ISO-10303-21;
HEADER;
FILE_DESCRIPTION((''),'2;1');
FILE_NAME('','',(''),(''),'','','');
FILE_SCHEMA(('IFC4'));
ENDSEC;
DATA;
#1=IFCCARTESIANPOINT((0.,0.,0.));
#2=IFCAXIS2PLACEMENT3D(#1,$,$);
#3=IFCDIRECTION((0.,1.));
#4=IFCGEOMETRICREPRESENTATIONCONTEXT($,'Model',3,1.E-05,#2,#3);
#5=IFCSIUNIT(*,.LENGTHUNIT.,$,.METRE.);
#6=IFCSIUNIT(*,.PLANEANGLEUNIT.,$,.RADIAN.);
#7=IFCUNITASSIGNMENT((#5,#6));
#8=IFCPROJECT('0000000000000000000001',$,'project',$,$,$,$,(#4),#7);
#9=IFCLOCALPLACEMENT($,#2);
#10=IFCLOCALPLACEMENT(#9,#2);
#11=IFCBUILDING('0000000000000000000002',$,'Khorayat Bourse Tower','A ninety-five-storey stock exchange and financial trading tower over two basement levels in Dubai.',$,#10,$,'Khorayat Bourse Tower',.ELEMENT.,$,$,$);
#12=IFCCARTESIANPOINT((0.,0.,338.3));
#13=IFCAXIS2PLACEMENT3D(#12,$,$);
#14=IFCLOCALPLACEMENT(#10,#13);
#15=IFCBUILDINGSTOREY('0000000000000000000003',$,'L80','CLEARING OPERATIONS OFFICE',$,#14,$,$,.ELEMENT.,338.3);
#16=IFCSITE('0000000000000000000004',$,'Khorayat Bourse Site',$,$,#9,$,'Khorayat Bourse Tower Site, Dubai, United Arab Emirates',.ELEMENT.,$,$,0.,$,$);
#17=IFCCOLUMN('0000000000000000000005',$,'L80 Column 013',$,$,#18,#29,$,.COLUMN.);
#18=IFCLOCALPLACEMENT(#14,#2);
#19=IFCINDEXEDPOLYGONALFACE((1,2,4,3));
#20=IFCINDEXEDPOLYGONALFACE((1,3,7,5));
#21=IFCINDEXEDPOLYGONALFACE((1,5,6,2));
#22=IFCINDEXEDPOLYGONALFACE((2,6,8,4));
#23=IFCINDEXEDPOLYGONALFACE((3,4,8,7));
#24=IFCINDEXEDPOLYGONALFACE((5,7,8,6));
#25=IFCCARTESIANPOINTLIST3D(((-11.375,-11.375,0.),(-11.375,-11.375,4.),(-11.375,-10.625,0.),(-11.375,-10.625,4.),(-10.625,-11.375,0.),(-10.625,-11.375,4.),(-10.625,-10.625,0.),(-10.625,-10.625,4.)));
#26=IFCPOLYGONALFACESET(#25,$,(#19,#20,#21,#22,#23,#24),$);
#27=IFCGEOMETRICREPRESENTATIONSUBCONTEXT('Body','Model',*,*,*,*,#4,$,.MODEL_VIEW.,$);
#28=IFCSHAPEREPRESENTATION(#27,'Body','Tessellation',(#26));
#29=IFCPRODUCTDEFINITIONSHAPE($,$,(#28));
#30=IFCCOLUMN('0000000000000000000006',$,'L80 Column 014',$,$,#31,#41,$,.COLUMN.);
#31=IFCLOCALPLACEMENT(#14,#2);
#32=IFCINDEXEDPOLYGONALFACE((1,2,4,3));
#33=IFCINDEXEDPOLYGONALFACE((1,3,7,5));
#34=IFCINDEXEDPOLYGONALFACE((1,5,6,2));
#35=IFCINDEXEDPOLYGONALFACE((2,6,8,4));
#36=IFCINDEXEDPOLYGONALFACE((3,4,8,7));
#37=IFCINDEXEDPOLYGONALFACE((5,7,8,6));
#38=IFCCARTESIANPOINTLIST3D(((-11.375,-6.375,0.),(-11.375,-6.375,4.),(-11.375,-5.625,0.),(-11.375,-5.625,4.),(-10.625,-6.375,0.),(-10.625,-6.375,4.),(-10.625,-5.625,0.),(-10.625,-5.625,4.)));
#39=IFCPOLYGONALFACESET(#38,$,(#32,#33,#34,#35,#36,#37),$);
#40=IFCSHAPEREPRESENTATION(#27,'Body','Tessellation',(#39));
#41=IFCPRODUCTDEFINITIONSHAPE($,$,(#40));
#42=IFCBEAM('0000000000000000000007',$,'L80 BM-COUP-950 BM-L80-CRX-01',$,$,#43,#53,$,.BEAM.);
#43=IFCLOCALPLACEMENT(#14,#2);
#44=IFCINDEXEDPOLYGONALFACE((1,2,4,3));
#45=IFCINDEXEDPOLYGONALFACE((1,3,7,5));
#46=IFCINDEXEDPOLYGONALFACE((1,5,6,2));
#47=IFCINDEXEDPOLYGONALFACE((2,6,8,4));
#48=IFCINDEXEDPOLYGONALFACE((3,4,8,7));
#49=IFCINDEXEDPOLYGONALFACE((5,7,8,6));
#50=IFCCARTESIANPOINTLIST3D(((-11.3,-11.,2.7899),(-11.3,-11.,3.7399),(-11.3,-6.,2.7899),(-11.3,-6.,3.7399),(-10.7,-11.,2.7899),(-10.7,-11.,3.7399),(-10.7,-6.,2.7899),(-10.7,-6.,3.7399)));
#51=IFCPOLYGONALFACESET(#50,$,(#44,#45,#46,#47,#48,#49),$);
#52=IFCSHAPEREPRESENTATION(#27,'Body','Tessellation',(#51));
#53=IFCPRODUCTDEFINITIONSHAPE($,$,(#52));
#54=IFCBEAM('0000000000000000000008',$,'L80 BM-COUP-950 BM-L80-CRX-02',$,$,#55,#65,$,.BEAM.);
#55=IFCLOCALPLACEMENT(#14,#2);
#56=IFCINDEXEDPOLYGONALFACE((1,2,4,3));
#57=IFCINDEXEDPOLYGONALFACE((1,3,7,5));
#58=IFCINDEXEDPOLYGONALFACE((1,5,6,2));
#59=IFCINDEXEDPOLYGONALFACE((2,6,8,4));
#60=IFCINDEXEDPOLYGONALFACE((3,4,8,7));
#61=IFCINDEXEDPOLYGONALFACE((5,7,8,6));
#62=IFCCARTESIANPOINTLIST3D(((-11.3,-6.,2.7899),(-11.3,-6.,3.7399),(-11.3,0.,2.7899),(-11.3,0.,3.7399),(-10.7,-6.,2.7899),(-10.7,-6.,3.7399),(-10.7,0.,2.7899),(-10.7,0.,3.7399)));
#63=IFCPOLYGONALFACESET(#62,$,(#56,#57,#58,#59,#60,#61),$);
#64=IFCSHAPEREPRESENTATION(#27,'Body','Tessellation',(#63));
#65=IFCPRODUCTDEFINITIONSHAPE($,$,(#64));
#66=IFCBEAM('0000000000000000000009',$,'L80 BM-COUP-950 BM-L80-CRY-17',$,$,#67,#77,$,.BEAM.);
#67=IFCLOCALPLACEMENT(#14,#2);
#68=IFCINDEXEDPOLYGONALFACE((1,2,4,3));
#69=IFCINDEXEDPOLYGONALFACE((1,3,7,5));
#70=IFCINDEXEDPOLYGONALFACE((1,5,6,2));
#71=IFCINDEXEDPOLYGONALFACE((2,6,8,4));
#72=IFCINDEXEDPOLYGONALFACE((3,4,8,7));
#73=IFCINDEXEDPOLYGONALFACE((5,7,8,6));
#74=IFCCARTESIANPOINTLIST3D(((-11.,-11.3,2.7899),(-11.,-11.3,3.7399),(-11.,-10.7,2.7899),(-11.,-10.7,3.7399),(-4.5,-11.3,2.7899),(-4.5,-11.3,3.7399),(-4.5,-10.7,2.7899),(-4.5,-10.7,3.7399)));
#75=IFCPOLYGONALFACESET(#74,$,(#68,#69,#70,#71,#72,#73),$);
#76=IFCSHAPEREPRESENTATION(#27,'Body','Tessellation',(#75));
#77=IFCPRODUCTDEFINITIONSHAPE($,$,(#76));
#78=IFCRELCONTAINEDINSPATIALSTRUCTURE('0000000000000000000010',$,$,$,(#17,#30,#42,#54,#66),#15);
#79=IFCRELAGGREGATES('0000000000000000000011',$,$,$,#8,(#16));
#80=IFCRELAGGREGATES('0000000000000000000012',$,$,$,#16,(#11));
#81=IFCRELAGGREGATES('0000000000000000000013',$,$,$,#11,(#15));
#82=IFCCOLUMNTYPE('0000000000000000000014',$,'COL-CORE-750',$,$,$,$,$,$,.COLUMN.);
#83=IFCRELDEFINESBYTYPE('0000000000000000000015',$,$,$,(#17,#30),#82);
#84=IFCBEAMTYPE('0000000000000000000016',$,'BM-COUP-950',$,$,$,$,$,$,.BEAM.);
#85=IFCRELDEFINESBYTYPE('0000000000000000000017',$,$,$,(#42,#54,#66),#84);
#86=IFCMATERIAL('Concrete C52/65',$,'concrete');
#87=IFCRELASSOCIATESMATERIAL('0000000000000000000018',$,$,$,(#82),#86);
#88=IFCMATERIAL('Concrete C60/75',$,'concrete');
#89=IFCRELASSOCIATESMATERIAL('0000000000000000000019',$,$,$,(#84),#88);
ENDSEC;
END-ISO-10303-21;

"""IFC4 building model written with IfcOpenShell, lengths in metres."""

from ifc_helpers import new_model, si_unit, direction, frame, origin, origin_2d, place, context, subcontext, project, spatial, rectangle, extrude, source, transform, mapped, material, material_profile, profile_set, type_object, element, save


model = new_model("IFC4")

# Units and contexts
model_context = context("Model", 3, precision=1e-05, world=origin(), true_north=direction((0.0, 1.0)))
body_context = subcontext(model_context, "Body", "Model", "MODEL_VIEW")
ifc_project = project(units=[si_unit("LENGTHUNIT", "METRE"), si_unit("PLANEANGLEUNIT", "RADIAN")], contexts=[model_context])

# Site, building, storey
site_placement = place(None, origin())
site = spatial("IfcSite", under=ifc_project, at=site_placement, Name="Khorayat Bourse Site", LongName="Khorayat Bourse Tower Site, Dubai, United Arab Emirates", CompositionType="ELEMENT", RefElevation=0.0)
building_placement = place(site_placement, origin())
building = spatial("IfcBuilding", under=site, at=building_placement, Name="Khorayat Bourse Tower", Description="A ninety-five-storey stock exchange and financial trading tower over two basement levels in Dubai.", LongName="Khorayat Bourse Tower", CompositionType="ELEMENT")
storey_placement = place(building_placement, frame((0.0, 0.0, 338.3)))
storey = spatial("IfcBuildingStorey", under=building, at=storey_placement, Name="L80", Description="CLEARING OPERATIONS OFFICE", CompositionType="ELEMENT", Elevation=338.3)

# Columns
ifc_material_1 = material(Name="Concrete C52/65", Category="concrete")
ifc_material_profile_1 = material_profile(ifc_material_1, rectangle(XDim=0.75, YDim=0.75, at=origin_2d()), Name="RC 750x750")
ifc_profile_set_1 = profile_set([ifc_material_profile_1], Name="Concrete C52/65")
column_type = type_object("IfcColumnType", Name="COL-CORE-750", PredefinedType="COLUMN", material=ifc_profile_set_1)
shared_shape_1 = source(origin(), body_context, "Body", "SweptSolid", [
    extrude(rectangle(XDim=0.75, YDim=0.75, at=origin_2d()), origin(), (0.0, 0.0, 1.0), 4.0),
])
for number, where, z_axis, x_axis, name in (
    (1, (-11.0, -11.0, 0.0), (0.0, 0.0, 1.0), (1.0, 0.0, 0.0), "L80 Column 013"),
    (2, (-11.0, -6.0, 0.0), (0.0, 0.0, 1.0), (1.0, 0.0, 0.0), "L80 Column 014"),
):
    element("IfcColumn", number, at=place(storey_placement, frame(where, z_axis=z_axis, x_axis=x_axis)), inside=storey, type_object=column_type, Name=name, PredefinedType="COLUMN", context=body_context, shape_type="MappedRepresentation", body=[
        mapped(shared_shape_1, transform((0.0, 0.0, 0.0), scale=1.0)),
    ])

# Beams
ifc_material_2 = material(Name="Concrete C60/75", Category="concrete")
ifc_material_profile_2 = material_profile(ifc_material_2, rectangle(XDim=0.6001, YDim=0.95, at=origin_2d()), Name="RC 600x950")
ifc_profile_set_2 = profile_set([ifc_material_profile_2], Name="Concrete C60/75")
beam_type = type_object("IfcBeamType", Name="BM-COUP-950", PredefinedType="BEAM", material=ifc_profile_set_2)
shared_shape_2 = source(origin(), body_context, "Body", "SweptSolid", [
    extrude(rectangle(XDim=0.6001, YDim=0.95, at=origin_2d()), origin(), (0.0, 0.0, 1.0), 5.0),
])
beam_1_placement = place(storey_placement, frame((-11.0, -11.0, 3.2649), z_axis=(0.0, 1.0, 0.0), x_axis=(-1.0, 0.0, 0.0)))
element("IfcBeam", 3, at=beam_1_placement, inside=storey, type_object=beam_type, Name="L80 BM-COUP-950 BM-L80-CRX-01", PredefinedType="BEAM", context=body_context, shape_type="MappedRepresentation", body=[
    mapped(shared_shape_2, transform((0.0, 0.0, 0.0), scale=1.0)),
])
shared_shape_3 = source(origin(), body_context, "Body", "SweptSolid", [
    extrude(rectangle(XDim=0.6001, YDim=0.95, at=origin_2d()), origin(), (0.0, 0.0, 1.0), 6.0),
])
beam_2_placement = place(storey_placement, frame((-11.0, -6.0, 3.2649), z_axis=(0.0, 1.0, 0.0), x_axis=(-1.0, 0.0, 0.0)))
element("IfcBeam", 4, at=beam_2_placement, inside=storey, type_object=beam_type, Name="L80 BM-COUP-950 BM-L80-CRX-02", PredefinedType="BEAM", context=body_context, shape_type="MappedRepresentation", body=[
    mapped(shared_shape_3, transform((0.0, 0.0, 0.0), scale=1.0)),
])
shared_shape_4 = source(origin(), body_context, "Body", "SweptSolid", [
    extrude(rectangle(XDim=0.6001, YDim=0.95, at=origin_2d()), origin(), (0.0, 0.0, 1.0), 6.5),
])
beam_3_placement = place(storey_placement, frame((-11.0, -11.0, 3.2649), z_axis=(1.0, 0.0, 0.0), x_axis=(0.0, 1.0, 0.0)))
element("IfcBeam", 5, at=beam_3_placement, inside=storey, type_object=beam_type, Name="L80 BM-COUP-950 BM-L80-CRY-17", PredefinedType="BEAM", context=body_context, shape_type="MappedRepresentation", body=[
    mapped(shared_shape_4, transform((0.0, 0.0, 0.0), scale=1.0)),
])

save(model, "model.ifc")
